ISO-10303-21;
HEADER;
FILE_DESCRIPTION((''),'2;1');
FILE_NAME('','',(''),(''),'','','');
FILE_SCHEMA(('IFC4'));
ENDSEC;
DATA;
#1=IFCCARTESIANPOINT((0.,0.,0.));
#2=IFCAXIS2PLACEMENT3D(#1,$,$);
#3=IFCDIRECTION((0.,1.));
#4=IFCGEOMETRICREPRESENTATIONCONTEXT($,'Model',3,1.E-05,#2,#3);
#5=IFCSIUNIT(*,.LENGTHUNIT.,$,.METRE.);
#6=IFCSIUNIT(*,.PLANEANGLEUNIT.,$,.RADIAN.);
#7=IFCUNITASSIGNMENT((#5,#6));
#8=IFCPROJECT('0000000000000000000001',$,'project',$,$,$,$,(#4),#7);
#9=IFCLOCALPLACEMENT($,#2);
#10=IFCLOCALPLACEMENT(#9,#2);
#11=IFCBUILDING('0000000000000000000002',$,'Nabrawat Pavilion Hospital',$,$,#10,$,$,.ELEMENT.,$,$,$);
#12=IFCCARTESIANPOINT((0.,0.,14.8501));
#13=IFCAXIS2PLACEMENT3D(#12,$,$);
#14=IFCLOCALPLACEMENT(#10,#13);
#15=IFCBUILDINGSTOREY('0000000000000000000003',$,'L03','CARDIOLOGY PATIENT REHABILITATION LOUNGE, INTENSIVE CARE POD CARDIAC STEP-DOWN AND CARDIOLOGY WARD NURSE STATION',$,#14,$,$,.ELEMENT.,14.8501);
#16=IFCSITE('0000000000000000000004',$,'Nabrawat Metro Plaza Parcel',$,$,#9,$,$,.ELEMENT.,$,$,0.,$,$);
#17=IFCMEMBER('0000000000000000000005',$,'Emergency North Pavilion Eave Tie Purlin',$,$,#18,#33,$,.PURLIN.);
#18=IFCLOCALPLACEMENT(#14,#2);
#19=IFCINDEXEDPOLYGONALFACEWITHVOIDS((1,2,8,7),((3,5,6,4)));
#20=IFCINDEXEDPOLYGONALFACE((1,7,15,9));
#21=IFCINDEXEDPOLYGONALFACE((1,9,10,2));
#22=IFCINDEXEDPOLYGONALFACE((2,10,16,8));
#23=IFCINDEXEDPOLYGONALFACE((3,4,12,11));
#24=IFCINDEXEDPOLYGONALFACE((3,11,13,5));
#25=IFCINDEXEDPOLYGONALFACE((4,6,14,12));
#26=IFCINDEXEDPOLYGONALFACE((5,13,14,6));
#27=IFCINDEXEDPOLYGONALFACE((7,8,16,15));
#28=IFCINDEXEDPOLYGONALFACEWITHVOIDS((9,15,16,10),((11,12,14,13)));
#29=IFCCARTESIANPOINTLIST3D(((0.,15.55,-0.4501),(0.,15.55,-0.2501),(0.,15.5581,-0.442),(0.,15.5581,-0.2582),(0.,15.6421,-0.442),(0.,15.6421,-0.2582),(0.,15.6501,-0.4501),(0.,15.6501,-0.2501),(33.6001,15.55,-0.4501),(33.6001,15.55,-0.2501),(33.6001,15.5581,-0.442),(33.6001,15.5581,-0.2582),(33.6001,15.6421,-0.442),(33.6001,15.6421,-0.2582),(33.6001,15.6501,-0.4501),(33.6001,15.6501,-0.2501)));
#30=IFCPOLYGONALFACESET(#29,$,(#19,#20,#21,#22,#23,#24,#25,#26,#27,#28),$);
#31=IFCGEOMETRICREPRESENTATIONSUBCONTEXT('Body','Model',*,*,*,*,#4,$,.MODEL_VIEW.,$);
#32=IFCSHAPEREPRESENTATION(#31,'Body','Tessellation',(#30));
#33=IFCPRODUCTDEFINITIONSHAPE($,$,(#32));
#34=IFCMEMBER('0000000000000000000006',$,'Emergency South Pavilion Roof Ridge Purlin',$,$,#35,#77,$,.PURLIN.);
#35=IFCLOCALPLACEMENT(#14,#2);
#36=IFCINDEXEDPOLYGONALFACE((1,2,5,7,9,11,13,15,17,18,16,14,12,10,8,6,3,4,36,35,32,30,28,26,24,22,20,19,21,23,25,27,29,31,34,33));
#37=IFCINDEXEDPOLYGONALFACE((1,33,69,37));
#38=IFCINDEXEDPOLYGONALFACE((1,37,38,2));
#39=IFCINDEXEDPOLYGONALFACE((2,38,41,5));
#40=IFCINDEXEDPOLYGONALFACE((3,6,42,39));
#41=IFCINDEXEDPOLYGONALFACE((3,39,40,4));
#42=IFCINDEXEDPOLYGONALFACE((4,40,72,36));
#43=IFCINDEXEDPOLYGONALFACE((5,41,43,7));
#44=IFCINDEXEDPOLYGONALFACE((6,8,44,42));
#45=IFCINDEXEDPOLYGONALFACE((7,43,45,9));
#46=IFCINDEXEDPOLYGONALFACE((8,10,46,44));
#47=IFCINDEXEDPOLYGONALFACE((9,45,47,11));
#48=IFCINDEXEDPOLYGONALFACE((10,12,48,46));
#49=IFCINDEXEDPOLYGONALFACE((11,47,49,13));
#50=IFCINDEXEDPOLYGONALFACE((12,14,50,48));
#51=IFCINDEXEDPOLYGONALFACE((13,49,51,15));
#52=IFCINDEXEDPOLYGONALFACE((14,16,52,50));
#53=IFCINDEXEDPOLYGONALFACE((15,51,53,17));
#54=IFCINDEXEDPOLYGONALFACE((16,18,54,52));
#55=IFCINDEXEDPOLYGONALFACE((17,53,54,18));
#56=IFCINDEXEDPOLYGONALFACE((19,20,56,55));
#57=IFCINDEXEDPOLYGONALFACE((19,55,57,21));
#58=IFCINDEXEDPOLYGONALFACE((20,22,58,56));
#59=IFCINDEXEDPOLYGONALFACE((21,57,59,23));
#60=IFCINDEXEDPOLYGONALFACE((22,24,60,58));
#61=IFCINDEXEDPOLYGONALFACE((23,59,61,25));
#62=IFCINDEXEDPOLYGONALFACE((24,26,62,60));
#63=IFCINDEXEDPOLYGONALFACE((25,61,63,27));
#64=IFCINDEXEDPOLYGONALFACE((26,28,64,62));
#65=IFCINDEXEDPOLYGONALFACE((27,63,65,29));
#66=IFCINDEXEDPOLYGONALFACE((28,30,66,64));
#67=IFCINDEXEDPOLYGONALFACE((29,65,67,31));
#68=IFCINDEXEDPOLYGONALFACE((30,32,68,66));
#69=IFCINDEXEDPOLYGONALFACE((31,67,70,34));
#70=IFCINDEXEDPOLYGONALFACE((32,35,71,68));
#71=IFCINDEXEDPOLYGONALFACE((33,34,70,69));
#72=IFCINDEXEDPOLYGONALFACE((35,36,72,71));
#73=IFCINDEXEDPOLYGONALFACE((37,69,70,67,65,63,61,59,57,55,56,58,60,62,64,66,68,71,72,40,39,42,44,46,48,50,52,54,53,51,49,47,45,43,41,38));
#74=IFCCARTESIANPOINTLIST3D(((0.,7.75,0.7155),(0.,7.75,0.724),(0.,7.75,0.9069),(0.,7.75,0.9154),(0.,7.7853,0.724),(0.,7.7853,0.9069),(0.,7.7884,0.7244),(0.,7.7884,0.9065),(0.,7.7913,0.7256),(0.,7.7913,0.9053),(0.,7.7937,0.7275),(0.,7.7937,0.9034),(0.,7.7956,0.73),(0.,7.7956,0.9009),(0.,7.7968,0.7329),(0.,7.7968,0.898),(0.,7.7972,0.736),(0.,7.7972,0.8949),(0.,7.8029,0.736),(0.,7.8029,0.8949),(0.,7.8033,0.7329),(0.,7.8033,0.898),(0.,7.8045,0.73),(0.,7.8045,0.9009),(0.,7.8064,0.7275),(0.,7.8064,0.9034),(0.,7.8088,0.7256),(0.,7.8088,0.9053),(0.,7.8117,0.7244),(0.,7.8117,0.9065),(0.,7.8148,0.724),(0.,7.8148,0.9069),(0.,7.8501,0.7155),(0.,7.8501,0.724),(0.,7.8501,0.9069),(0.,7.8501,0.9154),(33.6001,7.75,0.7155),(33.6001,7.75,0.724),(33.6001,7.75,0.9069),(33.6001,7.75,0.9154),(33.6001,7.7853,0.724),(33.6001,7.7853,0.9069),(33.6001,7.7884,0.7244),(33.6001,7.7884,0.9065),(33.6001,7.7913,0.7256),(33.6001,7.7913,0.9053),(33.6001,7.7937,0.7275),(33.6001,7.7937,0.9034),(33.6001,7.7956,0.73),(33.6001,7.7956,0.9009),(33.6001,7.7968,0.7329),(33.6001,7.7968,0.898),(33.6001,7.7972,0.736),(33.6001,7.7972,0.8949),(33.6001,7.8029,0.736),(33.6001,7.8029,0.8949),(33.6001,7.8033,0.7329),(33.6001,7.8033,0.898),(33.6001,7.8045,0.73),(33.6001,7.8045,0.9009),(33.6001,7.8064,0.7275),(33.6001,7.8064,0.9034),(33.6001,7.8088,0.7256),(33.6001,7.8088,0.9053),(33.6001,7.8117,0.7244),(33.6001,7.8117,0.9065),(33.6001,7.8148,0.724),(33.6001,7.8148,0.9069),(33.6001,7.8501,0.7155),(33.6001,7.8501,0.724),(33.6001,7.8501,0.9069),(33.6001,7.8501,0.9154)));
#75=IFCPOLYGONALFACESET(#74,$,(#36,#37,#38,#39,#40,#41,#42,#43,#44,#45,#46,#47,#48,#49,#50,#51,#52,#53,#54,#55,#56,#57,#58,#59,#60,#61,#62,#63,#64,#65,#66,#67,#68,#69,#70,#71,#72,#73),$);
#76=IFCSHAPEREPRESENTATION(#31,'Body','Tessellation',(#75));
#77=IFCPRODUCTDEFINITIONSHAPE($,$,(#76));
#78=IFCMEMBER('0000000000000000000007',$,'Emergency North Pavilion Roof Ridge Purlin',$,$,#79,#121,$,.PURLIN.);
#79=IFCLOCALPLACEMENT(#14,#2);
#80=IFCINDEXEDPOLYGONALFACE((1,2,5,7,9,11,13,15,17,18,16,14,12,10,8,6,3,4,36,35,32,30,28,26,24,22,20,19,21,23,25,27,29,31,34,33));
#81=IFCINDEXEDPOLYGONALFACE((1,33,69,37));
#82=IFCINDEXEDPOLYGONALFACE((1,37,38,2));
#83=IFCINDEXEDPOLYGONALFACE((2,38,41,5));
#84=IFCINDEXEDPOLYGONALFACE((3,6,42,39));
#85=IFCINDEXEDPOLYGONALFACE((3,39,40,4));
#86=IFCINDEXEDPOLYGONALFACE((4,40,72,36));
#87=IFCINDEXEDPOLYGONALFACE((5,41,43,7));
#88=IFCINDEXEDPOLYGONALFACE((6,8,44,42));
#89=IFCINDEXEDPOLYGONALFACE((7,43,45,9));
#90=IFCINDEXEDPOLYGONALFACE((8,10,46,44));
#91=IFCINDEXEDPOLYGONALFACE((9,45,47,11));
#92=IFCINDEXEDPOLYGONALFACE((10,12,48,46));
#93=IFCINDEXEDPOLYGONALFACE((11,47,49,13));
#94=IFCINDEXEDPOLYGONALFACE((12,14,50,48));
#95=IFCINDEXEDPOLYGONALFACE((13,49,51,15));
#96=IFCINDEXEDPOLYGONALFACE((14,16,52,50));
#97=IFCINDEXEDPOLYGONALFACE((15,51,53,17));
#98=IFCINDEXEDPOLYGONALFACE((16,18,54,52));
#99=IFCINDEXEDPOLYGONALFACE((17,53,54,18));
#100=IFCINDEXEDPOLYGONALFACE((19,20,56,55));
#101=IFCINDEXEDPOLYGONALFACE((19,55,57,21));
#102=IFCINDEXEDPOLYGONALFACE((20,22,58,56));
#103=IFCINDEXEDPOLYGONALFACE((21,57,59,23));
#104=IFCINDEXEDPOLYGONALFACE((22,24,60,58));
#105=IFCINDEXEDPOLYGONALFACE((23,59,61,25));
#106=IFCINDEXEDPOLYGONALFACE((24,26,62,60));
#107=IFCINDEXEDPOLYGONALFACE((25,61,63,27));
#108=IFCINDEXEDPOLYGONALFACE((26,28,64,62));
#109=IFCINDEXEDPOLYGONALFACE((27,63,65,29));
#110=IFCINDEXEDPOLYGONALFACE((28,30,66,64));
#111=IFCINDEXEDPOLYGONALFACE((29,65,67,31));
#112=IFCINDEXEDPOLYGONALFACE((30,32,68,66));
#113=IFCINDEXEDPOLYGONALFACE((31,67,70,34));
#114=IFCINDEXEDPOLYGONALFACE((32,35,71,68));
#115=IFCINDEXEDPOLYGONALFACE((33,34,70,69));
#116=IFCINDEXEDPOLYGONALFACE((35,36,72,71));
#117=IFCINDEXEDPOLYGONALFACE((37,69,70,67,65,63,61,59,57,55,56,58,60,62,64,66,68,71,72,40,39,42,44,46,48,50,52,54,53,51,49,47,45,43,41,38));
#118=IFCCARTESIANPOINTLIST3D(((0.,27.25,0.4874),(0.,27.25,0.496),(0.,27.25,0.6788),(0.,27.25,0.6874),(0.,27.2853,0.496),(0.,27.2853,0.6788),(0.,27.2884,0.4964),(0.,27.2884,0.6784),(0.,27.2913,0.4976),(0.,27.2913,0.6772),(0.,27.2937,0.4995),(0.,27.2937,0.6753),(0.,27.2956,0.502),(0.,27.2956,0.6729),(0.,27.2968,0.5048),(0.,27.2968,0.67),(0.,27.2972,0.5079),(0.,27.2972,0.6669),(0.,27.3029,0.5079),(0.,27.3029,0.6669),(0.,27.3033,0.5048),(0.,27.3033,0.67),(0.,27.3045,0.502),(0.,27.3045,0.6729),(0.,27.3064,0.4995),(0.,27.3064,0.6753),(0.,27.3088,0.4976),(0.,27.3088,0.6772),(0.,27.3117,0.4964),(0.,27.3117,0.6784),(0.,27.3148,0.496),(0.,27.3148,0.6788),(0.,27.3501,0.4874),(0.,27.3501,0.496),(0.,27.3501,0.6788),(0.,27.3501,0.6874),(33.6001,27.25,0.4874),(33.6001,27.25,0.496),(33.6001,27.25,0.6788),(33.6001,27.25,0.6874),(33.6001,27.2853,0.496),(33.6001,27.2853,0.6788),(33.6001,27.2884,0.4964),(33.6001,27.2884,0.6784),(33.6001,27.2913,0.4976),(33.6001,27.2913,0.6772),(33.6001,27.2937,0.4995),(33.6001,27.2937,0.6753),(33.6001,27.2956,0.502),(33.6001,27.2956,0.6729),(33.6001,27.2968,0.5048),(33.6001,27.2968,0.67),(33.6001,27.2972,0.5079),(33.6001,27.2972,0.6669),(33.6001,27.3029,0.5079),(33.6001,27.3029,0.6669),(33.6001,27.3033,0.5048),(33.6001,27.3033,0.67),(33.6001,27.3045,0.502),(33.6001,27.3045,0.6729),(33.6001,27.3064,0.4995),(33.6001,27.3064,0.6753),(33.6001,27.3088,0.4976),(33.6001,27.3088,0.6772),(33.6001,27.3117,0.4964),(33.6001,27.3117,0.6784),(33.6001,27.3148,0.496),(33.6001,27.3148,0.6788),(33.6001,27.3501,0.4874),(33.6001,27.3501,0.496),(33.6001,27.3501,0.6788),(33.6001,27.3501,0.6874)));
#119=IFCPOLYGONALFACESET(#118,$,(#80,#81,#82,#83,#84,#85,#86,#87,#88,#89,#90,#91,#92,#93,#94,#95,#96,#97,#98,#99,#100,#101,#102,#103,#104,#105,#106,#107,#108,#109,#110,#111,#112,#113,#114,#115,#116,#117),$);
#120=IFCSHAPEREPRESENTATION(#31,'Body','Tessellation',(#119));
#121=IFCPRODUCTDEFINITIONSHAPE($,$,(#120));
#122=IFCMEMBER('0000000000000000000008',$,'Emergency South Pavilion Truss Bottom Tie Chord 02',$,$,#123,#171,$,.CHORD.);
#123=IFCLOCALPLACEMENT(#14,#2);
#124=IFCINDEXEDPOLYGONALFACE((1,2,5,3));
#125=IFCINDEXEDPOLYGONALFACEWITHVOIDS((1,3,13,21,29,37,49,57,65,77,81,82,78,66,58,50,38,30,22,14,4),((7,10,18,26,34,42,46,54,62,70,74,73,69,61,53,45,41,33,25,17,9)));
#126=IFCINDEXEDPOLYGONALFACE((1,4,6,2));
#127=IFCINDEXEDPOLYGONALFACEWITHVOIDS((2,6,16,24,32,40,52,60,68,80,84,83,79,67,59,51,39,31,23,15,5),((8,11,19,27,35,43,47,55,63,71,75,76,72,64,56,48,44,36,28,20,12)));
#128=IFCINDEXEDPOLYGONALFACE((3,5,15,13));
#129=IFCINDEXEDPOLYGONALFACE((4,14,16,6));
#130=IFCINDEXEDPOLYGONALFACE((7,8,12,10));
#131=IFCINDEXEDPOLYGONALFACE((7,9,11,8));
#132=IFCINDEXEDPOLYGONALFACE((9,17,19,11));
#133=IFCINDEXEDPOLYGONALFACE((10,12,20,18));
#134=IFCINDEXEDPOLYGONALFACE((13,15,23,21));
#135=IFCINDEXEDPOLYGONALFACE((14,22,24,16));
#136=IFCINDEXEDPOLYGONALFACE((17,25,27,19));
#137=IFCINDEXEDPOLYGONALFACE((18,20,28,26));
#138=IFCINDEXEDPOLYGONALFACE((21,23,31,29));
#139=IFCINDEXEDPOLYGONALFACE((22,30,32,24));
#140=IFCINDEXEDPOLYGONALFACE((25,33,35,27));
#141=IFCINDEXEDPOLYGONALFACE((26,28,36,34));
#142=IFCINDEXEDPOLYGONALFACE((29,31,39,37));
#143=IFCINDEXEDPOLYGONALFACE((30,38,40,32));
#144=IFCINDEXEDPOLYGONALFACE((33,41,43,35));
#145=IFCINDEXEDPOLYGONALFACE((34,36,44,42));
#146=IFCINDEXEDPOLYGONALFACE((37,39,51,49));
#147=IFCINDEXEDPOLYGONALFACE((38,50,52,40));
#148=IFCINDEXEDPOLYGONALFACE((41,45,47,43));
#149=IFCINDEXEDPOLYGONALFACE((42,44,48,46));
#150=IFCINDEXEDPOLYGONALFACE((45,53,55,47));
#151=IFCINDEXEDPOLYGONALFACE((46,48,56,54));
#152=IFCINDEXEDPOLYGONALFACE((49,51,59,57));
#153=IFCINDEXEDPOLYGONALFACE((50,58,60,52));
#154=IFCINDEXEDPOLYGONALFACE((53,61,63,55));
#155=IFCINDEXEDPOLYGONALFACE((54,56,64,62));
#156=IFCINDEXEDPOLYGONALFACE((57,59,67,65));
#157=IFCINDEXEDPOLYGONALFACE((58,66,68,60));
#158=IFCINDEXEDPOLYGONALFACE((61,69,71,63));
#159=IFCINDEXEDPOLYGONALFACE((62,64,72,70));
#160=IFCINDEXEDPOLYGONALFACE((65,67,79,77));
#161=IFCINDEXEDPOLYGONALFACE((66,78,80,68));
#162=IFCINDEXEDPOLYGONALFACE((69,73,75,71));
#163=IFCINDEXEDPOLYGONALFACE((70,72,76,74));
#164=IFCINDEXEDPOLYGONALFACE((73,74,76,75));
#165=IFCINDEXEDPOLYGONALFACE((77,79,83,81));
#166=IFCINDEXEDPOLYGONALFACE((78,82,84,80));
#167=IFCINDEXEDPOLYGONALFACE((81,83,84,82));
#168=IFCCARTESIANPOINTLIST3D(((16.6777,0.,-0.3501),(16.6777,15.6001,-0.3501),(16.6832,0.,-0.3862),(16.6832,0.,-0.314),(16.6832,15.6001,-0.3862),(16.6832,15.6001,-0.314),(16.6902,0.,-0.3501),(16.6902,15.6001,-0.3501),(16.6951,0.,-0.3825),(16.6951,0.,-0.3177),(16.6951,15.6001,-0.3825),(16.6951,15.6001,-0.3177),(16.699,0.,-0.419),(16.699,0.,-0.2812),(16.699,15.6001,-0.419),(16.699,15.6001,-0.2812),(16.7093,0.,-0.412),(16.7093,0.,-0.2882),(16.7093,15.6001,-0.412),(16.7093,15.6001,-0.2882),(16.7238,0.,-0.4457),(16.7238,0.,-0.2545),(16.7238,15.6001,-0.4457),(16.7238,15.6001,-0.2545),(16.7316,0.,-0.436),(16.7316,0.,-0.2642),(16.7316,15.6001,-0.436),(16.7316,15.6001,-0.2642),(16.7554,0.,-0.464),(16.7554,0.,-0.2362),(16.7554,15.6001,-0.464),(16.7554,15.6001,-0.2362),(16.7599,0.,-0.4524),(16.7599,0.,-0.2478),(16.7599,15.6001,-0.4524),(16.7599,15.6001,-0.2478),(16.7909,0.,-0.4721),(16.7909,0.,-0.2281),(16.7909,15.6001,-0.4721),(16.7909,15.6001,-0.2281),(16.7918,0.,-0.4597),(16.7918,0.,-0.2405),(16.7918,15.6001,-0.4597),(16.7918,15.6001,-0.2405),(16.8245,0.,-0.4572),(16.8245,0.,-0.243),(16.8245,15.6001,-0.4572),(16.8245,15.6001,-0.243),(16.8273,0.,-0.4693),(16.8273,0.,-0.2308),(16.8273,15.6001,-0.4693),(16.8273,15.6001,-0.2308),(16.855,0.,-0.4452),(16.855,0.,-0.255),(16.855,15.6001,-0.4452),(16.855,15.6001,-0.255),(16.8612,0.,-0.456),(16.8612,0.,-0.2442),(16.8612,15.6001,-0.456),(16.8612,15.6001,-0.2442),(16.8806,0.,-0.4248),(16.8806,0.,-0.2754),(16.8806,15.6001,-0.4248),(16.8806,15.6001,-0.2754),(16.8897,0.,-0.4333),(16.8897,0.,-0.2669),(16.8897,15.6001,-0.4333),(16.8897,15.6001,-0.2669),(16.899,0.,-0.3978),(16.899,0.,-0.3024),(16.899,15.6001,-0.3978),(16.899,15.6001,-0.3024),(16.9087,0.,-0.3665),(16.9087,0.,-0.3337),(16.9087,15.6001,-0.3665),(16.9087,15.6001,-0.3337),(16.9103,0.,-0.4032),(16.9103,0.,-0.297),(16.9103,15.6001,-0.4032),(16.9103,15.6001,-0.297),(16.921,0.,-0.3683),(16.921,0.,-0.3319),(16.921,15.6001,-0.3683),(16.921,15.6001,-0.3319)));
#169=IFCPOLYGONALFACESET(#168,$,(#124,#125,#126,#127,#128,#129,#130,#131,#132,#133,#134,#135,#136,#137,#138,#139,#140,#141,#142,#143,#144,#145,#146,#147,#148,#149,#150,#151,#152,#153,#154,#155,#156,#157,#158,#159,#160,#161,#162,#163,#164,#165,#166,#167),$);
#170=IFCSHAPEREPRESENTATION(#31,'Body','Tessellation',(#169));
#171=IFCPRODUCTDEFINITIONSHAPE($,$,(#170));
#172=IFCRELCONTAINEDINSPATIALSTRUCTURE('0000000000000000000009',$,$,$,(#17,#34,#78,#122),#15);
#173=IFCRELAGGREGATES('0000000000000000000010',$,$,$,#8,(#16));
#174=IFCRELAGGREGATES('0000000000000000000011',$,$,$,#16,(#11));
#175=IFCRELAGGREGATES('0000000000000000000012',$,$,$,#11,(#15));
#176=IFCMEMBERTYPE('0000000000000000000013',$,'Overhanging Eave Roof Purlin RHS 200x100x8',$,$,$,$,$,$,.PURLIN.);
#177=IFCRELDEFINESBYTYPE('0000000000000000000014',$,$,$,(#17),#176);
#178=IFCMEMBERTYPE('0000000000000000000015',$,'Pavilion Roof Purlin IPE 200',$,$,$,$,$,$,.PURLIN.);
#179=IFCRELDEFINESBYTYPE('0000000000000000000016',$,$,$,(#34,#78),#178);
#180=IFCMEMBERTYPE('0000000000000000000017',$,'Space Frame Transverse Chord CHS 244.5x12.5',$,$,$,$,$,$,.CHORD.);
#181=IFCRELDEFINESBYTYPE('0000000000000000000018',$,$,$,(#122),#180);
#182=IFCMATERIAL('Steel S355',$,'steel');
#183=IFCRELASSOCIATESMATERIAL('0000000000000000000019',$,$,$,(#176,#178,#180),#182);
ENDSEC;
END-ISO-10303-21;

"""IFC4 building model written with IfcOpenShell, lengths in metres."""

from ifc_helpers import new_model, si_unit, direction, frame, origin, origin_2d, place, context, subcontext, project, spatial, hollow_rectangle, hollow_circle, i_section, extrude, material, material_profile, profile_set, type_object, element, save


model = new_model("IFC4")

# Units and contexts
model_context = context("Model", 3, precision=1e-05, world=origin(), true_north=direction((0.0, 1.0)))
body_context = subcontext(model_context, "Body", "Model", "MODEL_VIEW")
ifc_project = project(units=[si_unit("LENGTHUNIT", "METRE"), si_unit("PLANEANGLEUNIT", "RADIAN")], contexts=[model_context])

# Site, building, storey
site_placement = place(None, origin())
site = spatial("IfcSite", under=ifc_project, at=site_placement, Name="Nabrawat Metro Plaza Parcel", CompositionType="ELEMENT", RefElevation=0.0)
building_placement = place(site_placement, origin())
building = spatial("IfcBuilding", under=site, at=building_placement, Name="Nabrawat Pavilion Hospital", CompositionType="ELEMENT")
storey_placement = place(building_placement, frame((0.0, 0.0, 14.8501)))
storey = spatial("IfcBuildingStorey", under=building, at=storey_placement, Name="L03", Description="CARDIOLOGY PATIENT REHABILITATION LOUNGE, INTENSIVE CARE POD CARDIAC STEP-DOWN AND CARDIOLOGY WARD NURSE STATION", CompositionType="ELEMENT", Elevation=14.8501)

# Members
ifc_material_1 = material(Name="Steel S355", Category="steel")
ifc_material_profile_1 = material_profile(ifc_material_1, hollow_rectangle(XDim=0.1001, YDim=0.2, WallThickness=0.0081, at=origin_2d()), Name="RHS 200x100x8")
ifc_profile_set_1 = profile_set([ifc_material_profile_1], Name="Steel S355")
member_type_1 = type_object("IfcMemberType", Name="Overhanging Eave Roof Purlin RHS 200x100x8", PredefinedType="PURLIN", material=ifc_profile_set_1)
member_placement = place(storey_placement, frame((0.0, 15.6001, -0.3501), z_axis=(1.0, 0.0, 0.0), x_axis=(0.0, 1.0, 0.0)))
element("IfcMember", 1, at=member_placement, inside=storey, type_object=member_type_1, Name="Emergency North Pavilion Eave Tie Purlin", PredefinedType="PURLIN", context=body_context, shape_type="SweptSolid", body=[
    extrude(hollow_rectangle(XDim=0.1001, YDim=0.2, WallThickness=0.0081, at=origin_2d()), origin(), (0.0, 0.0, 1.0), 33.6001),
])
ifc_material_profile_2 = material_profile(ifc_material_1, i_section(OverallWidth=0.1001, OverallDepth=0.2, WebThickness=0.0056, FlangeThickness=0.0085, FilletRadius=0.012, at=origin_2d()), Name="IPE 200")
ifc_profile_set_2 = profile_set([ifc_material_profile_2], Name="Steel S355")
member_type_2 = type_object("IfcMemberType", Name="Pavilion Roof Purlin IPE 200", PredefinedType="PURLIN", material=ifc_profile_set_2)
for number, where, z_axis, x_axis, name in (
    (2, (0.0, 7.8, 0.8154), (1.0, 0.0, 0.0), (0.0, 1.0, 0.0), "Emergency South Pavilion Roof Ridge Purlin"),
    (3, (0.0, 27.3, 0.5874), (1.0, 0.0, 0.0), (0.0, 1.0, 0.0), "Emergency North Pavilion Roof Ridge Purlin"),
):
    element("IfcMember", number, at=place(storey_placement, frame(where, z_axis=z_axis, x_axis=x_axis)), inside=storey, type_object=member_type_2, Name=name, PredefinedType="PURLIN", context=body_context, shape_type="SweptSolid", body=[
        extrude(i_section(OverallWidth=0.1001, OverallDepth=0.2, WebThickness=0.0056, FlangeThickness=0.0085, FilletRadius=0.012, at=origin_2d()), origin(), (0.0, 0.0, 1.0), 33.6001),
    ])
ifc_material_profile_3 = material_profile(ifc_material_1, hollow_circle(Radius=0.1223, WallThickness=0.0125, at=origin_2d()), Name="CHS 244.5x12.5")
ifc_profile_set_3 = profile_set([ifc_material_profile_3], Name="Steel S355")
member_type_3 = type_object("IfcMemberType", Name="Space Frame Transverse Chord CHS 244.5x12.5", PredefinedType="CHORD", material=ifc_profile_set_3)
for number, where, z_axis, x_axis, name in (
    (4, (16.8, 0.0, -0.3501), (0.0, 1.0, 0.0), (-1.0, 0.0, 0.0), "Emergency South Pavilion Truss Bottom Tie Chord 02"),
):
    element("IfcMember", number, at=place(storey_placement, frame(where, z_axis=z_axis, x_axis=x_axis)), inside=storey, type_object=member_type_3, Name=name, PredefinedType="CHORD", context=body_context, shape_type="SweptSolid", body=[
        extrude(hollow_circle(Radius=0.1223, WallThickness=0.0125, at=origin_2d()), origin(), (0.0, 0.0, 1.0), 15.6001),
    ])

save(model, "model.ifc")
